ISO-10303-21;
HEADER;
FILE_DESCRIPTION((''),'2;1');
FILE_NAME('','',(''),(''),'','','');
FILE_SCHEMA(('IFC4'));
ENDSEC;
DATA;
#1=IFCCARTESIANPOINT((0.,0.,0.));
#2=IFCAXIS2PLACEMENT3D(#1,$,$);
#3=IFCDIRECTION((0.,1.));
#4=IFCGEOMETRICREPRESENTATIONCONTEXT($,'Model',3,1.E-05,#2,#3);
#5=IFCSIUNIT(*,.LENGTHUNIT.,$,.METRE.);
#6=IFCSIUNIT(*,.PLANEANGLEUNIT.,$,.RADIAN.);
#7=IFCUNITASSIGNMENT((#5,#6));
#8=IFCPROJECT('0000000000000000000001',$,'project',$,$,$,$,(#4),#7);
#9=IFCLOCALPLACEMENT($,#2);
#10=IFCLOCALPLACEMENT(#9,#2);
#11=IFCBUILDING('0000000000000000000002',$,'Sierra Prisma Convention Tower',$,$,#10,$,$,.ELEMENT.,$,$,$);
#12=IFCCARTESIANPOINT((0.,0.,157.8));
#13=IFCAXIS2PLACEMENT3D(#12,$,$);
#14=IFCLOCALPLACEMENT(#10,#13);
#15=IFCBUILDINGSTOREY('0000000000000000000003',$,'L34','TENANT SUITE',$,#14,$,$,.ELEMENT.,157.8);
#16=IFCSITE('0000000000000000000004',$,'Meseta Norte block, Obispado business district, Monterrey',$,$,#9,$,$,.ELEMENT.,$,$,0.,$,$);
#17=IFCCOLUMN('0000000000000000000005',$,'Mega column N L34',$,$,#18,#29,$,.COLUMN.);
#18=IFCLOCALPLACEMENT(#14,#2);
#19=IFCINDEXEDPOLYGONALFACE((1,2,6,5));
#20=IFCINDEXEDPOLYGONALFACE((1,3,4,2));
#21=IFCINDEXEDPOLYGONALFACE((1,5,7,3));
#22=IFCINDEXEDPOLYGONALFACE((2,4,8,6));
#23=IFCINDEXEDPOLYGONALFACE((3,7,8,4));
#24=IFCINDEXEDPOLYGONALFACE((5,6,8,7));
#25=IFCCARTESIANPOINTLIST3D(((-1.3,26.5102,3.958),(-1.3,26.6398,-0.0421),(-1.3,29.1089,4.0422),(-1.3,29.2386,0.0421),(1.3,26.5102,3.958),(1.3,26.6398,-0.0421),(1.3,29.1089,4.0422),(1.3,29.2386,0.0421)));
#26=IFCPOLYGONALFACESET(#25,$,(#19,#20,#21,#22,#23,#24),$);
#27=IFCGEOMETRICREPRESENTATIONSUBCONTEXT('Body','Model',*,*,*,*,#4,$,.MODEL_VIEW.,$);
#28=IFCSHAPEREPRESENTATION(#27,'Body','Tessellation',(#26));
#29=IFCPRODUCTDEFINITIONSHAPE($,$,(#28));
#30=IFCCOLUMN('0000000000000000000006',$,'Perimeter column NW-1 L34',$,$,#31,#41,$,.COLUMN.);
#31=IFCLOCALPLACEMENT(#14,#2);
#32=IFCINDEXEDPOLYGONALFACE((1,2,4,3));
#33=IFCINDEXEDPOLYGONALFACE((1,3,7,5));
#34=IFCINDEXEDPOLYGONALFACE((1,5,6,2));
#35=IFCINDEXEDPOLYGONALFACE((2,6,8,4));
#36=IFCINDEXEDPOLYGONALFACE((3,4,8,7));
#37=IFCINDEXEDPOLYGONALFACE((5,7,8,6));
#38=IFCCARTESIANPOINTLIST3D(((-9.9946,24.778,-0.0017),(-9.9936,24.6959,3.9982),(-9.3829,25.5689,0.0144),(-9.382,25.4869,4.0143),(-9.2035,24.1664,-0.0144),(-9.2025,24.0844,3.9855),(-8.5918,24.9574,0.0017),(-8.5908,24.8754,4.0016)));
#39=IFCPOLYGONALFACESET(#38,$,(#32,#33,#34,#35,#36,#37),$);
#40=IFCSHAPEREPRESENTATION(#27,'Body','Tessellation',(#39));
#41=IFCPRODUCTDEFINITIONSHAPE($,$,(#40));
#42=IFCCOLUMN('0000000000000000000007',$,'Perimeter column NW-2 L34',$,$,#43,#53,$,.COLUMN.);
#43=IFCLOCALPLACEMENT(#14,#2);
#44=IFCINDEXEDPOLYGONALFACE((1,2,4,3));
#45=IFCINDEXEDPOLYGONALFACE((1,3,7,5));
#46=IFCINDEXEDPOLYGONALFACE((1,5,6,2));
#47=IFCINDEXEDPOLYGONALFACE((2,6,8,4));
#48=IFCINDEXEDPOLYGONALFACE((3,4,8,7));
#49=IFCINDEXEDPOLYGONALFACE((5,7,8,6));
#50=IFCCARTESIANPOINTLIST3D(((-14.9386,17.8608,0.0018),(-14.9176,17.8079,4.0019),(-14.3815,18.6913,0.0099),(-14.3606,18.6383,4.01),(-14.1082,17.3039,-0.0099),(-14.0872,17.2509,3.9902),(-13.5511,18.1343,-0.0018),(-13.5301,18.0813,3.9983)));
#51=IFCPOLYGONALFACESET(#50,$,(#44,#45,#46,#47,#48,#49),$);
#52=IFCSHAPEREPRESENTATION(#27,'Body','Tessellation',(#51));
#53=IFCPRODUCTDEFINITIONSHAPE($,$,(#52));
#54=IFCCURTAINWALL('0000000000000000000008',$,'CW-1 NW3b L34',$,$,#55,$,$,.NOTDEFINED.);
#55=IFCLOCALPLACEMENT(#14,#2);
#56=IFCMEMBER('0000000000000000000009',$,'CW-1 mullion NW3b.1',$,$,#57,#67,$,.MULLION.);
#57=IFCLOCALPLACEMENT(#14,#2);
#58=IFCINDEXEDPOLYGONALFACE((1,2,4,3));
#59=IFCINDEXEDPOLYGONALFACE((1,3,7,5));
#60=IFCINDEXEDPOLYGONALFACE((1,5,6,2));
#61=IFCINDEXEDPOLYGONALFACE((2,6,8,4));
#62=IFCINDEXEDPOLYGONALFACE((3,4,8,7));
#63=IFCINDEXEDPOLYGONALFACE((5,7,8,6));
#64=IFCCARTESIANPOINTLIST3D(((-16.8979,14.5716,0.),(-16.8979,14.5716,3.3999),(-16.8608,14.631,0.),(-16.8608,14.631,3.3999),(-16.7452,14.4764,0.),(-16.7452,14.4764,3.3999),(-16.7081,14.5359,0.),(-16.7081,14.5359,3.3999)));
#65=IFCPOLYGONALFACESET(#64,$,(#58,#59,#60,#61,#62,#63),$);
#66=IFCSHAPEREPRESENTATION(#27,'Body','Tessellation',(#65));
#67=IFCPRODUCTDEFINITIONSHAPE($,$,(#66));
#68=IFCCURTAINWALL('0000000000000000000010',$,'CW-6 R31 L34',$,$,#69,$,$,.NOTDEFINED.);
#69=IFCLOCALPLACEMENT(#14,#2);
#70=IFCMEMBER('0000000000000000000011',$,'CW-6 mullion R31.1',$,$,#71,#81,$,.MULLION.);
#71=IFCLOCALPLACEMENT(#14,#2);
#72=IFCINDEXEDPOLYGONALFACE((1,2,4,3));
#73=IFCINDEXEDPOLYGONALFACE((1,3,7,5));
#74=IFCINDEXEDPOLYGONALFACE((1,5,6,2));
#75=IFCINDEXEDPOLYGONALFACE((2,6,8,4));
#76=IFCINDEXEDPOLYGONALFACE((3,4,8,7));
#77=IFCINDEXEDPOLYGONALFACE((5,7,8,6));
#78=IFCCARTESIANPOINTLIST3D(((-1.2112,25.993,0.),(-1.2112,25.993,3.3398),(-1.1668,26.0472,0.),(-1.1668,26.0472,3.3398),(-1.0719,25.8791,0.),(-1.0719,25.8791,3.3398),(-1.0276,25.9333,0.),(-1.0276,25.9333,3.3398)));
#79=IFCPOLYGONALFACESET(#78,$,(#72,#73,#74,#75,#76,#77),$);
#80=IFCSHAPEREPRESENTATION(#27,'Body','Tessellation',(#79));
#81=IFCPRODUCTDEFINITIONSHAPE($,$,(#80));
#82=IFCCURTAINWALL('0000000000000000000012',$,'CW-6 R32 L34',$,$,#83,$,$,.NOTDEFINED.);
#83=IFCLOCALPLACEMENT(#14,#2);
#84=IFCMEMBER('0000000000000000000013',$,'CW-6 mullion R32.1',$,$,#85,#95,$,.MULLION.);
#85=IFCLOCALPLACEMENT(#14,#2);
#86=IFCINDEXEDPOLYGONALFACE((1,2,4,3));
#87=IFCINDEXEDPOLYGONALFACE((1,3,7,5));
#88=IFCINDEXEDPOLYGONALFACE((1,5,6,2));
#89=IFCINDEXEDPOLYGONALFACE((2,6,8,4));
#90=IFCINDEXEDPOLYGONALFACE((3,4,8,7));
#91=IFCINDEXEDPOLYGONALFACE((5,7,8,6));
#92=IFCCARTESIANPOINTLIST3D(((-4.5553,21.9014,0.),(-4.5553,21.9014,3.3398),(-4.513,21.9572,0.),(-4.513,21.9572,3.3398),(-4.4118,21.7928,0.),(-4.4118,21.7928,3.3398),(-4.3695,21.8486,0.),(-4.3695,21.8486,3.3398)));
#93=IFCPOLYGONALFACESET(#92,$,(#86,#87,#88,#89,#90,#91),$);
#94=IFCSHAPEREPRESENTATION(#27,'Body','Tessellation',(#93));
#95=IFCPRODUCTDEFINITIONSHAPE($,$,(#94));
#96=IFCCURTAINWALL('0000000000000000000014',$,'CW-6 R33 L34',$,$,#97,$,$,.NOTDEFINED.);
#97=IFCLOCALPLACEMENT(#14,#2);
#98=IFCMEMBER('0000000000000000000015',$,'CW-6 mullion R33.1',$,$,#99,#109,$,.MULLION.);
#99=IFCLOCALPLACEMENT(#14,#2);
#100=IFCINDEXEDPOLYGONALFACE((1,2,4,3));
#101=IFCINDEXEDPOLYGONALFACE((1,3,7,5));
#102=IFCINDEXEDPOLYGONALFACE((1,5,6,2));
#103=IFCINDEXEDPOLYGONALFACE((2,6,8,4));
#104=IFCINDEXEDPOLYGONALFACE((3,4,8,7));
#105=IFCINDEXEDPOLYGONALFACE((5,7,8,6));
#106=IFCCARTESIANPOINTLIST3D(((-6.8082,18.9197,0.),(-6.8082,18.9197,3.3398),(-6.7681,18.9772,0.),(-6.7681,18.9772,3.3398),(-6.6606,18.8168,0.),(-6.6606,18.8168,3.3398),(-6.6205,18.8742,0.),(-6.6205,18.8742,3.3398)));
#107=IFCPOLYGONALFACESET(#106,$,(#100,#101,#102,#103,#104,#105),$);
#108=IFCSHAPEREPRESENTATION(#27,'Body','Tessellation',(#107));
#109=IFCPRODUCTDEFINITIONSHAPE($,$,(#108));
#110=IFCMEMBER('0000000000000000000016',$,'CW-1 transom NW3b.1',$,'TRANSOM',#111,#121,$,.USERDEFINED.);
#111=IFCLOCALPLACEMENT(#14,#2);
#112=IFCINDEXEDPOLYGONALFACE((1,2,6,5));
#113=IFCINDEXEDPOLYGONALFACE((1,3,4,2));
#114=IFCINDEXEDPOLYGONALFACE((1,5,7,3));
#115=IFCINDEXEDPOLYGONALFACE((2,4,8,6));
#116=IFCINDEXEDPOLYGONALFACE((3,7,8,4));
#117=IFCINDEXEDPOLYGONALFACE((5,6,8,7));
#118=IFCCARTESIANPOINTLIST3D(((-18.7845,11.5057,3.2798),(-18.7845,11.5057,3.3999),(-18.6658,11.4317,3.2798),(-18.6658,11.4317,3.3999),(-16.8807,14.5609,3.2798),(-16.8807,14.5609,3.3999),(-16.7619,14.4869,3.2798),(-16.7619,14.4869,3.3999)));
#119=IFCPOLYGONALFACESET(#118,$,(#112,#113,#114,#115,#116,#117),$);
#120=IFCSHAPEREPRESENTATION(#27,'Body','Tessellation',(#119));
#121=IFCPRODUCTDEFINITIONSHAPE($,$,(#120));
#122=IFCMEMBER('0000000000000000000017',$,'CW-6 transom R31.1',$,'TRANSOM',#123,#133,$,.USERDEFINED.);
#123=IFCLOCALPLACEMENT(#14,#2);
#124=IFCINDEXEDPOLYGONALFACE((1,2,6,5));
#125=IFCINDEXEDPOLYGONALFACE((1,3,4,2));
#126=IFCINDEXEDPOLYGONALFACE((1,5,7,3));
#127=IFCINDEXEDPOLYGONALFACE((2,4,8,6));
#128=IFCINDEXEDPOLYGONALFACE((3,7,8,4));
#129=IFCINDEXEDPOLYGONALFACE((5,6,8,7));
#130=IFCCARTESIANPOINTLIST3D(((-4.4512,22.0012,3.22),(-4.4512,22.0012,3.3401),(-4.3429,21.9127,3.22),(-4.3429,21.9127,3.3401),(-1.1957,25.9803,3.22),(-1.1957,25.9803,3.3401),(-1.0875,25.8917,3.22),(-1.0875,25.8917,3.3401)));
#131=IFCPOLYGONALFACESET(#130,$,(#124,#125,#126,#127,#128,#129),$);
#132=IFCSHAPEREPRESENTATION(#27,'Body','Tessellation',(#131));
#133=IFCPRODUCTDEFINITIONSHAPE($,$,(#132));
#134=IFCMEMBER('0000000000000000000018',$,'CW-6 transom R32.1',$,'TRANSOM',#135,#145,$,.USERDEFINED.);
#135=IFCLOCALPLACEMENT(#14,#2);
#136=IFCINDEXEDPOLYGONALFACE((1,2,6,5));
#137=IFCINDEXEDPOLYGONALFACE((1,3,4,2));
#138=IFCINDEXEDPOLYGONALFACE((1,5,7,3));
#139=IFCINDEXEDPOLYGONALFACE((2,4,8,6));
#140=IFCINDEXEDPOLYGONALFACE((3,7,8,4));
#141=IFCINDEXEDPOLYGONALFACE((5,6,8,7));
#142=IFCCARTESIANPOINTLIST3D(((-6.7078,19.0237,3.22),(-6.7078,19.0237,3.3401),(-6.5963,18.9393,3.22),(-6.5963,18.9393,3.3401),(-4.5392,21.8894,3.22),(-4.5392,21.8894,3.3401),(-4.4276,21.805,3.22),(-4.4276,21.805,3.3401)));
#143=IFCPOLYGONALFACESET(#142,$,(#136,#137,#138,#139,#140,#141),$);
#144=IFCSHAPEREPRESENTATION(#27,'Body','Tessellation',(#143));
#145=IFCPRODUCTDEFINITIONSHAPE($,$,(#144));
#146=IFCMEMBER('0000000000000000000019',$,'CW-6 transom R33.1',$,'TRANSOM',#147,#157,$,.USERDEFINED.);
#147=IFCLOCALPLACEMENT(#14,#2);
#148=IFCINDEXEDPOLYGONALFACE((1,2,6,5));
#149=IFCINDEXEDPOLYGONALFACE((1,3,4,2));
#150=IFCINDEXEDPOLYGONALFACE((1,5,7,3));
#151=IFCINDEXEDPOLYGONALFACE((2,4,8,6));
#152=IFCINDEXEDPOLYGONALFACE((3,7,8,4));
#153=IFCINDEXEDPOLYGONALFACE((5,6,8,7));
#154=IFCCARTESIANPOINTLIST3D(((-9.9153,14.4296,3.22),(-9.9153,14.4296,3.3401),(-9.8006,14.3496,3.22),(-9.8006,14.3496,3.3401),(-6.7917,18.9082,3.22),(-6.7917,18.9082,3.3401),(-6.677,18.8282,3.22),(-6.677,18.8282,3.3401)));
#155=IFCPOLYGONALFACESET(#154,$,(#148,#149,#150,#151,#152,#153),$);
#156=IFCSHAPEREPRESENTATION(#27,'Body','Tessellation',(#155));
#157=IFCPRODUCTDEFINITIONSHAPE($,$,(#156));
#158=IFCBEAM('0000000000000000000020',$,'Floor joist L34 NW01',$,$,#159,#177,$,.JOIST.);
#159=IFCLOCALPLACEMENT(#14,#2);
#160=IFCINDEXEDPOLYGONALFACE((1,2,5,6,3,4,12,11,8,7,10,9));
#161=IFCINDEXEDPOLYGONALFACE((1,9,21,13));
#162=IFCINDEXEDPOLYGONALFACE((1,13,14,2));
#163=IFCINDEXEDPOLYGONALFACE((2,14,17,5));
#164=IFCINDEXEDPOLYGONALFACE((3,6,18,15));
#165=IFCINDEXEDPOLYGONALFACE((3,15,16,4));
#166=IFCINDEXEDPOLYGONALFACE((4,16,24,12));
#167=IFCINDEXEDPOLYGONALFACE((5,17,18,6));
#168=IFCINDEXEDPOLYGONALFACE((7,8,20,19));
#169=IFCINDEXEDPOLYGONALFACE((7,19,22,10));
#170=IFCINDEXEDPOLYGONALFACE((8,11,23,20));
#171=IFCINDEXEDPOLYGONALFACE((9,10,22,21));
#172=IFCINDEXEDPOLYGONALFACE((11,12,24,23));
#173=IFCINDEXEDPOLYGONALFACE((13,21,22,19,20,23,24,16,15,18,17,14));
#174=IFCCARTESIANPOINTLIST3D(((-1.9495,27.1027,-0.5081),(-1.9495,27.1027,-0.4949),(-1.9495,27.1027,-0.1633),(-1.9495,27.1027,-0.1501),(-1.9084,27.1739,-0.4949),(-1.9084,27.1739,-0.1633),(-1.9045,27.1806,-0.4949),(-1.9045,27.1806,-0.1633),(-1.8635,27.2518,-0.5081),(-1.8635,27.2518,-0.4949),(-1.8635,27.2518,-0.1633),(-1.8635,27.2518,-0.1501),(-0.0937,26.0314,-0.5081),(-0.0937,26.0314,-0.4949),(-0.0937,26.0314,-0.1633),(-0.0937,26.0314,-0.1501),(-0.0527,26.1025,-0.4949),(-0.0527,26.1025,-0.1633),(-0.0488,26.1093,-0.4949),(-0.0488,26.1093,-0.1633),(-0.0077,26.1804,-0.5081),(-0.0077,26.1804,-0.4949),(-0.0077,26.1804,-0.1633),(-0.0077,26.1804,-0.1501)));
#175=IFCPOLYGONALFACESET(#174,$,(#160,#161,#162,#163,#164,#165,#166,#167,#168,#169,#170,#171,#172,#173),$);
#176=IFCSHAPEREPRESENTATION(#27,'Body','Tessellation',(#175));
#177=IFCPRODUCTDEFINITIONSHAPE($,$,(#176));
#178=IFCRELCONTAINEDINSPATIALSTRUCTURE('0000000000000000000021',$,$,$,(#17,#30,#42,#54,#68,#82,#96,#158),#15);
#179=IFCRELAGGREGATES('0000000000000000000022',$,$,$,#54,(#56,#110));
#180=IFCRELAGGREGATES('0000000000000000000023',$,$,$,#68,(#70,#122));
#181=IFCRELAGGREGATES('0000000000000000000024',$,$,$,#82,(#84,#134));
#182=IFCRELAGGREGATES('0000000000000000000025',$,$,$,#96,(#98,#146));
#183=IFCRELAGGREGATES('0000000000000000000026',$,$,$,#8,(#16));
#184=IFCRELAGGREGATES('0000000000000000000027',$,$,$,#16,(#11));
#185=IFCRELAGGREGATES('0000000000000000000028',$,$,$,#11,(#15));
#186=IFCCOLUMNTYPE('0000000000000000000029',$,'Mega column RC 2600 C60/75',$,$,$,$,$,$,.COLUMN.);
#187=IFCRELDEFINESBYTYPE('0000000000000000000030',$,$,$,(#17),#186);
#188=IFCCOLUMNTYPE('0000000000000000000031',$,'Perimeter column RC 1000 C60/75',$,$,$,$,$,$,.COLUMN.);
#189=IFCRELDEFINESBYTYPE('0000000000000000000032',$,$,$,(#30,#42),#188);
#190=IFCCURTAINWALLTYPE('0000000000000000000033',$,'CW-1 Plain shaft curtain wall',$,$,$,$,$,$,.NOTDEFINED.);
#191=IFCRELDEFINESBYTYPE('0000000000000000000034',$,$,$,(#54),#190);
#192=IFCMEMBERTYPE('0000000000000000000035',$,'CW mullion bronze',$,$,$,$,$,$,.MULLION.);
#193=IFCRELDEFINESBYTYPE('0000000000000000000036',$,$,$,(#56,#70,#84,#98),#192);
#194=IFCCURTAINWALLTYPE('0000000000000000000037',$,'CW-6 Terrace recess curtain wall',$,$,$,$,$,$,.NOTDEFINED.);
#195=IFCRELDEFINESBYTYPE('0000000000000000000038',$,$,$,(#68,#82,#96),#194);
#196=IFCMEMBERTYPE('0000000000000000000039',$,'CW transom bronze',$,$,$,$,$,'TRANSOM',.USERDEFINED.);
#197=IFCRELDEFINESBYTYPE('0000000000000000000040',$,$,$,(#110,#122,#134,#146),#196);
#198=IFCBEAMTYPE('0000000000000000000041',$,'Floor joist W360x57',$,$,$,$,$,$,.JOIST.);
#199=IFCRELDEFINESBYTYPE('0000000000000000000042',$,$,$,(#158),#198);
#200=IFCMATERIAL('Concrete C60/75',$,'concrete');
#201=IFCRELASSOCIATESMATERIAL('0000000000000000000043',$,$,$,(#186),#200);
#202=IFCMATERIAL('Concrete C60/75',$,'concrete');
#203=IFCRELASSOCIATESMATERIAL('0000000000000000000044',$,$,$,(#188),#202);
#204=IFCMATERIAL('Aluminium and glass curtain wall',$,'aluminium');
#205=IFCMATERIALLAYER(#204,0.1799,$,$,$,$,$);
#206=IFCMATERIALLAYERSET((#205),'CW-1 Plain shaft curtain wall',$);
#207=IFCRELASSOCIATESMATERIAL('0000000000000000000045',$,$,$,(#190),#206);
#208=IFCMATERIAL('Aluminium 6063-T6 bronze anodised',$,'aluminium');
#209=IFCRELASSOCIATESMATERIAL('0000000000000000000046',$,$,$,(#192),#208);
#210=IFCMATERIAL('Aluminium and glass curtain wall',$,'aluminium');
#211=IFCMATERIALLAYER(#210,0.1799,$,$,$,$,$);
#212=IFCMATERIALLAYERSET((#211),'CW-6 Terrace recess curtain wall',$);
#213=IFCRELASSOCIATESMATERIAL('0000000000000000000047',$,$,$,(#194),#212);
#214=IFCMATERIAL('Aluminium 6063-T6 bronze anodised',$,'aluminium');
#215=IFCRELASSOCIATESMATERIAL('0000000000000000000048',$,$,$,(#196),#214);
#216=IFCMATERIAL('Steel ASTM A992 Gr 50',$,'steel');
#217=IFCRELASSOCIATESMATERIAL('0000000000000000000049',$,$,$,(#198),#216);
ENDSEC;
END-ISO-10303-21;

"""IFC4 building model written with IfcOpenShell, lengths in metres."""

from ifc_helpers import new_model, si_unit, direction, frame, origin, origin_2d, place, context, subcontext, project, spatial, rectangle, i_section, extrude, material, layer, layer_set, material_profile, profile_set, type_object, element, aggregate, save


model = new_model("IFC4")

# Units and contexts
model_context = context("Model", 3, precision=1e-05, world=origin(), true_north=direction((0.0, 1.0)))
body_context = subcontext(model_context, "Body", "Model", "MODEL_VIEW")
ifc_project = project(units=[si_unit("LENGTHUNIT", "METRE"), si_unit("PLANEANGLEUNIT", "RADIAN")], contexts=[model_context])

# Site, building, storey
site_placement = place(None, origin())
site = spatial("IfcSite", under=ifc_project, at=site_placement, Name="Meseta Norte block, Obispado business district, Monterrey", CompositionType="ELEMENT", RefElevation=0.0)
building_placement = place(site_placement, origin())
building = spatial("IfcBuilding", under=site, at=building_placement, Name="Sierra Prisma Convention Tower", CompositionType="ELEMENT")
storey_placement = place(building_placement, frame((0.0, 0.0, 157.8)))
storey = spatial("IfcBuildingStorey", under=building, at=storey_placement, Name="L34", Description="TENANT SUITE", CompositionType="ELEMENT", Elevation=157.8)

# Columns
ifc_material_1 = material(Name="Concrete C60/75", Category="concrete")
ifc_material_profile_1 = material_profile(ifc_material_1, rectangle(XDim=2.6001, YDim=2.6001, at=origin_2d()), Name="Mega column RC 2600 C60/75")
ifc_profile_set_1 = profile_set([ifc_material_profile_1], Name="Concrete C60/75")
column_type_1 = type_object("IfcColumnType", Name="Mega column RC 2600 C60/75", PredefinedType="COLUMN", material=ifc_profile_set_1)
column_1_placement = place(storey_placement, frame((0.0, 27.9392, 0.0), z_axis=(0.0, -0.032393, 0.999475), x_axis=(1.0, 0.0, 0.0)))
element("IfcColumn", 1, at=column_1_placement, inside=storey, type_object=column_type_1, Name="Mega column N L34", PredefinedType="COLUMN", context=body_context, shape_type="SweptSolid", body=[
    extrude(rectangle(XDim=2.6001, YDim=2.6001, at=origin_2d()), origin(), (0.0, 0.0, 1.0), 4.0022),
])
ifc_material_2 = material(Name="Concrete C60/75", Category="concrete")
ifc_material_profile_2 = material_profile(ifc_material_2, rectangle(XDim=1.0, YDim=1.0, at=origin_2d()), Name="Perimeter column RC 1000 C60/75")
ifc_profile_set_2 = profile_set([ifc_material_profile_2], Name="Concrete C60/75")
column_type_2 = type_object("IfcColumnType", Name="Perimeter column RC 1000 C60/75", PredefinedType="COLUMN", material=ifc_profile_set_2)
column_2_placement = place(storey_placement, frame((-9.2932, 24.8677, 0.0), z_axis=(0.000244, -0.020504, 0.99979), x_axis=(0.611668, 0.790951, 0.016071)))
element("IfcColumn", 2, at=column_2_placement, inside=storey, type_object=column_type_2, Name="Perimeter column NW-1 L34", PredefinedType="COLUMN", context=body_context, shape_type="SweptSolid", body=[
    extrude(rectangle(XDim=1.0, YDim=1.0, at=origin_2d()), origin(), (0.0, 0.0, 1.0), 4.0007),
])
column_3_placement = place(storey_placement, frame((-14.2449, 17.9976, 0.0), z_axis=(0.005248, -0.013243, 0.999899), x_axis=(0.557087, 0.830415, 0.008074)))
element("IfcColumn", 3, at=column_3_placement, inside=storey, type_object=column_type_2, Name="Perimeter column NW-2 L34", PredefinedType="COLUMN", context=body_context, shape_type="SweptSolid", body=[
    extrude(rectangle(XDim=1.0, YDim=1.0, at=origin_2d()), origin(), (0.0, 0.0, 1.0), 4.0005),
])

# Curtain walls, members
ifc_material_3 = material(Name="Aluminium and glass curtain wall", Category="aluminium")
ifc_layer_1 = layer(ifc_material_3, 0.1799)
ifc_layer_set_1 = layer_set([ifc_layer_1], Name="CW-1 Plain shaft curtain wall")
curtain_wall_type_1 = type_object("IfcCurtainWallType", Name="CW-1 Plain shaft curtain wall", PredefinedType="NOTDEFINED", material=ifc_layer_set_1)
curtain_wall_1_placement = place(storey_placement, origin())
curtain_wall_1 = element("IfcCurtainWall", 4, at=curtain_wall_1_placement, inside=storey, type_object=curtain_wall_type_1, Name="CW-1 NW3b L34", PredefinedType="NOTDEFINED")
ifc_material_4 = material(Name="Aluminium 6063-T6 bronze anodised", Category="aluminium")
ifc_material_profile_3 = material_profile(ifc_material_4, rectangle(XDim=0.1799, YDim=0.0701, at=origin_2d()), Name="ALU MULLION 70x180")
ifc_profile_set_3 = profile_set([ifc_material_profile_3], Name="Aluminium 6063-T6 bronze anodised")
member_type_1 = type_object("IfcMemberType", Name="CW mullion bronze", PredefinedType="MULLION", material=ifc_profile_set_3)
member_1_placement = place(storey_placement, frame((-16.803, 14.5537, 0.0), z_axis=(0.0, 0.0, 1.0), x_axis=(0.848717, -0.528847, 0.0)))
member_1 = element("IfcMember", 5, at=member_1_placement, type_object=member_type_1, Name="CW-1 mullion NW3b.1", PredefinedType="MULLION", context=body_context, shape_type="SweptSolid", body=[
    extrude(rectangle(XDim=0.1799, YDim=0.0701, at=origin_2d()), origin(), (0.0, 0.0, 1.0), 3.3999),
])
ifc_material_5 = material(Name="Aluminium and glass curtain wall", Category="aluminium")
ifc_layer_2 = layer(ifc_material_5, 0.1799)
ifc_layer_set_2 = layer_set([ifc_layer_2], Name="CW-6 Terrace recess curtain wall")
curtain_wall_type_2 = type_object("IfcCurtainWallType", Name="CW-6 Terrace recess curtain wall", PredefinedType="NOTDEFINED", material=ifc_layer_set_2)
curtain_wall_2_placement = place(storey_placement, origin())
curtain_wall_2 = element("IfcCurtainWall", 6, at=curtain_wall_2_placement, inside=storey, type_object=curtain_wall_type_2, Name="CW-6 R31 L34", PredefinedType="NOTDEFINED")
member_2_placement = place(storey_placement, frame((-1.1194, 25.9631, 0.0), z_axis=(0.0, 0.0, 1.0), x_axis=(0.773979, -0.633211, 0.0)))
member_2 = element("IfcMember", 7, at=member_2_placement, type_object=member_type_1, Name="CW-6 mullion R31.1", PredefinedType="MULLION", context=body_context, shape_type="SweptSolid", body=[
    extrude(rectangle(XDim=0.1799, YDim=0.0701, at=origin_2d()), origin(), (0.0, 0.0, 1.0), 3.3398),
])
curtain_wall_3_placement = place(storey_placement, origin())
curtain_wall_3 = element("IfcCurtainWall", 8, at=curtain_wall_3_placement, inside=storey, type_object=curtain_wall_type_2, Name="CW-6 R32 L34", PredefinedType="NOTDEFINED")
member_3_placement = place(storey_placement, frame((-4.4624, 21.875, 0.0), z_axis=(0.0, 0.0, 1.0), x_axis=(0.797404, -0.603446, 0.0)))
member_3 = element("IfcMember", 9, at=member_3_placement, type_object=member_type_1, Name="CW-6 mullion R32.1", PredefinedType="MULLION", context=body_context, shape_type="SweptSolid", body=[
    extrude(rectangle(XDim=0.1799, YDim=0.0701, at=origin_2d()), origin(), (0.0, 0.0, 1.0), 3.3398),
])
curtain_wall_4_placement = place(storey_placement, origin())
curtain_wall_4 = element("IfcCurtainWall", 10, at=curtain_wall_4_placement, inside=storey, type_object=curtain_wall_type_2, Name="CW-6 R33 L34", PredefinedType="NOTDEFINED")
member_4_placement = place(storey_placement, frame((-6.7144, 18.897, 0.0), z_axis=(0.0, 0.0, 1.0), x_axis=(0.820222, -0.572046, 0.0)))
member_4 = element("IfcMember", 11, at=member_4_placement, type_object=member_type_1, Name="CW-6 mullion R33.1", PredefinedType="MULLION", context=body_context, shape_type="SweptSolid", body=[
    extrude(rectangle(XDim=0.1799, YDim=0.0701, at=origin_2d()), origin(), (0.0, 0.0, 1.0), 3.3398),
])

# Members
ifc_material_6 = material(Name="Aluminium 6063-T6 bronze anodised", Category="aluminium")
ifc_material_profile_4 = material_profile(ifc_material_6, rectangle(XDim=0.1399, YDim=0.1201, at=origin_2d()), Name="ALU TRANSOM 120x140")
ifc_profile_set_4 = profile_set([ifc_material_profile_4], Name="Aluminium 6063-T6 bronze anodised")
member_type_2 = type_object("IfcMemberType", Name="CW transom bronze", ElementType="TRANSOM", PredefinedType="USERDEFINED", material=ifc_profile_set_4)
member_5_placement = place(storey_placement, frame((-16.8213, 14.5239, 3.3398), z_axis=(-0.528865, -0.848706, 0.0), x_axis=(0.848706, -0.528865, 0.0)))
member_5 = element("IfcMember", 12, at=member_5_placement, type_object=member_type_2, Name="CW-1 transom NW3b.1", ObjectType="TRANSOM", PredefinedType="USERDEFINED", context=body_context, shape_type="SweptSolid", body=[
    extrude(rectangle(XDim=0.1399, YDim=0.1201, at=origin_2d()), origin(), (0.0, 0.0, 1.0), 3.5999),
])
aggregate(curtain_wall_1, [member_1, member_5])
member_6_placement = place(storey_placement, frame((-1.1416, 25.936, 3.28), z_axis=(-0.633217, -0.773974, 0.0), x_axis=(0.773974, -0.633217, 0.0)))
member_6 = element("IfcMember", 13, at=member_6_placement, type_object=member_type_2, Name="CW-6 transom R31.1", ObjectType="TRANSOM", PredefinedType="USERDEFINED", context=body_context, shape_type="SweptSolid", body=[
    extrude(rectangle(XDim=0.1399, YDim=0.1201, at=origin_2d()), origin(), (0.0, 0.0, 1.0), 5.1411),
])
member_7_placement = place(storey_placement, frame((-4.4834, 21.8472, 3.28), z_axis=(-0.603451, -0.7974, 0.0), x_axis=(0.7974, -0.603451, 0.0)))
member_7 = element("IfcMember", 14, at=member_7_placement, type_object=member_type_2, Name="CW-6 transom R32.1", ObjectType="TRANSOM", PredefinedType="USERDEFINED", context=body_context, shape_type="SweptSolid", body=[
    extrude(rectangle(XDim=0.1399, YDim=0.1201, at=origin_2d()), origin(), (0.0, 0.0, 1.0), 3.5938),
])
member_8_placement = place(storey_placement, frame((-6.7344, 18.8682, 3.28), z_axis=(-0.572057, -0.820214, 0.0), x_axis=(0.820214, -0.572057, 0.0)))
member_8 = element("IfcMember", 15, at=member_8_placement, type_object=member_type_2, Name="CW-6 transom R33.1", ObjectType="TRANSOM", PredefinedType="USERDEFINED", context=body_context, shape_type="SweptSolid", body=[
    extrude(rectangle(XDim=0.1399, YDim=0.1201, at=origin_2d()), origin(), (0.0, 0.0, 1.0), 5.4602),
])

# Beam
ifc_material_7 = material(Name="Steel ASTM A992 Gr 50", Category="steel")
ifc_material_profile_5 = material_profile(ifc_material_7, i_section(OverallWidth=0.1721, OverallDepth=0.3579, WebThickness=0.0078, FlangeThickness=0.0132, at=origin_2d()), Name="W360x57")
ifc_profile_set_5 = profile_set([ifc_material_profile_5], Name="Steel ASTM A992 Gr 50")
beam_type_1 = type_object("IfcBeamType", Name="Floor joist W360x57", PredefinedType="JOIST", material=ifc_profile_set_5)
beam_1_placement = place(storey_placement, frame((-1.9065, 27.1772, -0.3291), z_axis=(0.866047, -0.499962, 0.0), x_axis=(0.499962, 0.866047, 0.0)))
element("IfcBeam", 16, at=beam_1_placement, inside=storey, type_object=beam_type_1, Name="Floor joist L34 NW01", PredefinedType="JOIST", context=body_context, shape_type="SweptSolid", body=[
    extrude(i_section(OverallWidth=0.1721, OverallDepth=0.3579, WebThickness=0.0078, FlangeThickness=0.0132, at=origin_2d()), origin(), (0.0, 0.0, 1.0), 2.1428),
])

aggregate(curtain_wall_2, [member_2, member_6])
aggregate(curtain_wall_3, [member_3, member_7])
aggregate(curtain_wall_4, [member_4, member_8])

save(model, "model.ifc")
